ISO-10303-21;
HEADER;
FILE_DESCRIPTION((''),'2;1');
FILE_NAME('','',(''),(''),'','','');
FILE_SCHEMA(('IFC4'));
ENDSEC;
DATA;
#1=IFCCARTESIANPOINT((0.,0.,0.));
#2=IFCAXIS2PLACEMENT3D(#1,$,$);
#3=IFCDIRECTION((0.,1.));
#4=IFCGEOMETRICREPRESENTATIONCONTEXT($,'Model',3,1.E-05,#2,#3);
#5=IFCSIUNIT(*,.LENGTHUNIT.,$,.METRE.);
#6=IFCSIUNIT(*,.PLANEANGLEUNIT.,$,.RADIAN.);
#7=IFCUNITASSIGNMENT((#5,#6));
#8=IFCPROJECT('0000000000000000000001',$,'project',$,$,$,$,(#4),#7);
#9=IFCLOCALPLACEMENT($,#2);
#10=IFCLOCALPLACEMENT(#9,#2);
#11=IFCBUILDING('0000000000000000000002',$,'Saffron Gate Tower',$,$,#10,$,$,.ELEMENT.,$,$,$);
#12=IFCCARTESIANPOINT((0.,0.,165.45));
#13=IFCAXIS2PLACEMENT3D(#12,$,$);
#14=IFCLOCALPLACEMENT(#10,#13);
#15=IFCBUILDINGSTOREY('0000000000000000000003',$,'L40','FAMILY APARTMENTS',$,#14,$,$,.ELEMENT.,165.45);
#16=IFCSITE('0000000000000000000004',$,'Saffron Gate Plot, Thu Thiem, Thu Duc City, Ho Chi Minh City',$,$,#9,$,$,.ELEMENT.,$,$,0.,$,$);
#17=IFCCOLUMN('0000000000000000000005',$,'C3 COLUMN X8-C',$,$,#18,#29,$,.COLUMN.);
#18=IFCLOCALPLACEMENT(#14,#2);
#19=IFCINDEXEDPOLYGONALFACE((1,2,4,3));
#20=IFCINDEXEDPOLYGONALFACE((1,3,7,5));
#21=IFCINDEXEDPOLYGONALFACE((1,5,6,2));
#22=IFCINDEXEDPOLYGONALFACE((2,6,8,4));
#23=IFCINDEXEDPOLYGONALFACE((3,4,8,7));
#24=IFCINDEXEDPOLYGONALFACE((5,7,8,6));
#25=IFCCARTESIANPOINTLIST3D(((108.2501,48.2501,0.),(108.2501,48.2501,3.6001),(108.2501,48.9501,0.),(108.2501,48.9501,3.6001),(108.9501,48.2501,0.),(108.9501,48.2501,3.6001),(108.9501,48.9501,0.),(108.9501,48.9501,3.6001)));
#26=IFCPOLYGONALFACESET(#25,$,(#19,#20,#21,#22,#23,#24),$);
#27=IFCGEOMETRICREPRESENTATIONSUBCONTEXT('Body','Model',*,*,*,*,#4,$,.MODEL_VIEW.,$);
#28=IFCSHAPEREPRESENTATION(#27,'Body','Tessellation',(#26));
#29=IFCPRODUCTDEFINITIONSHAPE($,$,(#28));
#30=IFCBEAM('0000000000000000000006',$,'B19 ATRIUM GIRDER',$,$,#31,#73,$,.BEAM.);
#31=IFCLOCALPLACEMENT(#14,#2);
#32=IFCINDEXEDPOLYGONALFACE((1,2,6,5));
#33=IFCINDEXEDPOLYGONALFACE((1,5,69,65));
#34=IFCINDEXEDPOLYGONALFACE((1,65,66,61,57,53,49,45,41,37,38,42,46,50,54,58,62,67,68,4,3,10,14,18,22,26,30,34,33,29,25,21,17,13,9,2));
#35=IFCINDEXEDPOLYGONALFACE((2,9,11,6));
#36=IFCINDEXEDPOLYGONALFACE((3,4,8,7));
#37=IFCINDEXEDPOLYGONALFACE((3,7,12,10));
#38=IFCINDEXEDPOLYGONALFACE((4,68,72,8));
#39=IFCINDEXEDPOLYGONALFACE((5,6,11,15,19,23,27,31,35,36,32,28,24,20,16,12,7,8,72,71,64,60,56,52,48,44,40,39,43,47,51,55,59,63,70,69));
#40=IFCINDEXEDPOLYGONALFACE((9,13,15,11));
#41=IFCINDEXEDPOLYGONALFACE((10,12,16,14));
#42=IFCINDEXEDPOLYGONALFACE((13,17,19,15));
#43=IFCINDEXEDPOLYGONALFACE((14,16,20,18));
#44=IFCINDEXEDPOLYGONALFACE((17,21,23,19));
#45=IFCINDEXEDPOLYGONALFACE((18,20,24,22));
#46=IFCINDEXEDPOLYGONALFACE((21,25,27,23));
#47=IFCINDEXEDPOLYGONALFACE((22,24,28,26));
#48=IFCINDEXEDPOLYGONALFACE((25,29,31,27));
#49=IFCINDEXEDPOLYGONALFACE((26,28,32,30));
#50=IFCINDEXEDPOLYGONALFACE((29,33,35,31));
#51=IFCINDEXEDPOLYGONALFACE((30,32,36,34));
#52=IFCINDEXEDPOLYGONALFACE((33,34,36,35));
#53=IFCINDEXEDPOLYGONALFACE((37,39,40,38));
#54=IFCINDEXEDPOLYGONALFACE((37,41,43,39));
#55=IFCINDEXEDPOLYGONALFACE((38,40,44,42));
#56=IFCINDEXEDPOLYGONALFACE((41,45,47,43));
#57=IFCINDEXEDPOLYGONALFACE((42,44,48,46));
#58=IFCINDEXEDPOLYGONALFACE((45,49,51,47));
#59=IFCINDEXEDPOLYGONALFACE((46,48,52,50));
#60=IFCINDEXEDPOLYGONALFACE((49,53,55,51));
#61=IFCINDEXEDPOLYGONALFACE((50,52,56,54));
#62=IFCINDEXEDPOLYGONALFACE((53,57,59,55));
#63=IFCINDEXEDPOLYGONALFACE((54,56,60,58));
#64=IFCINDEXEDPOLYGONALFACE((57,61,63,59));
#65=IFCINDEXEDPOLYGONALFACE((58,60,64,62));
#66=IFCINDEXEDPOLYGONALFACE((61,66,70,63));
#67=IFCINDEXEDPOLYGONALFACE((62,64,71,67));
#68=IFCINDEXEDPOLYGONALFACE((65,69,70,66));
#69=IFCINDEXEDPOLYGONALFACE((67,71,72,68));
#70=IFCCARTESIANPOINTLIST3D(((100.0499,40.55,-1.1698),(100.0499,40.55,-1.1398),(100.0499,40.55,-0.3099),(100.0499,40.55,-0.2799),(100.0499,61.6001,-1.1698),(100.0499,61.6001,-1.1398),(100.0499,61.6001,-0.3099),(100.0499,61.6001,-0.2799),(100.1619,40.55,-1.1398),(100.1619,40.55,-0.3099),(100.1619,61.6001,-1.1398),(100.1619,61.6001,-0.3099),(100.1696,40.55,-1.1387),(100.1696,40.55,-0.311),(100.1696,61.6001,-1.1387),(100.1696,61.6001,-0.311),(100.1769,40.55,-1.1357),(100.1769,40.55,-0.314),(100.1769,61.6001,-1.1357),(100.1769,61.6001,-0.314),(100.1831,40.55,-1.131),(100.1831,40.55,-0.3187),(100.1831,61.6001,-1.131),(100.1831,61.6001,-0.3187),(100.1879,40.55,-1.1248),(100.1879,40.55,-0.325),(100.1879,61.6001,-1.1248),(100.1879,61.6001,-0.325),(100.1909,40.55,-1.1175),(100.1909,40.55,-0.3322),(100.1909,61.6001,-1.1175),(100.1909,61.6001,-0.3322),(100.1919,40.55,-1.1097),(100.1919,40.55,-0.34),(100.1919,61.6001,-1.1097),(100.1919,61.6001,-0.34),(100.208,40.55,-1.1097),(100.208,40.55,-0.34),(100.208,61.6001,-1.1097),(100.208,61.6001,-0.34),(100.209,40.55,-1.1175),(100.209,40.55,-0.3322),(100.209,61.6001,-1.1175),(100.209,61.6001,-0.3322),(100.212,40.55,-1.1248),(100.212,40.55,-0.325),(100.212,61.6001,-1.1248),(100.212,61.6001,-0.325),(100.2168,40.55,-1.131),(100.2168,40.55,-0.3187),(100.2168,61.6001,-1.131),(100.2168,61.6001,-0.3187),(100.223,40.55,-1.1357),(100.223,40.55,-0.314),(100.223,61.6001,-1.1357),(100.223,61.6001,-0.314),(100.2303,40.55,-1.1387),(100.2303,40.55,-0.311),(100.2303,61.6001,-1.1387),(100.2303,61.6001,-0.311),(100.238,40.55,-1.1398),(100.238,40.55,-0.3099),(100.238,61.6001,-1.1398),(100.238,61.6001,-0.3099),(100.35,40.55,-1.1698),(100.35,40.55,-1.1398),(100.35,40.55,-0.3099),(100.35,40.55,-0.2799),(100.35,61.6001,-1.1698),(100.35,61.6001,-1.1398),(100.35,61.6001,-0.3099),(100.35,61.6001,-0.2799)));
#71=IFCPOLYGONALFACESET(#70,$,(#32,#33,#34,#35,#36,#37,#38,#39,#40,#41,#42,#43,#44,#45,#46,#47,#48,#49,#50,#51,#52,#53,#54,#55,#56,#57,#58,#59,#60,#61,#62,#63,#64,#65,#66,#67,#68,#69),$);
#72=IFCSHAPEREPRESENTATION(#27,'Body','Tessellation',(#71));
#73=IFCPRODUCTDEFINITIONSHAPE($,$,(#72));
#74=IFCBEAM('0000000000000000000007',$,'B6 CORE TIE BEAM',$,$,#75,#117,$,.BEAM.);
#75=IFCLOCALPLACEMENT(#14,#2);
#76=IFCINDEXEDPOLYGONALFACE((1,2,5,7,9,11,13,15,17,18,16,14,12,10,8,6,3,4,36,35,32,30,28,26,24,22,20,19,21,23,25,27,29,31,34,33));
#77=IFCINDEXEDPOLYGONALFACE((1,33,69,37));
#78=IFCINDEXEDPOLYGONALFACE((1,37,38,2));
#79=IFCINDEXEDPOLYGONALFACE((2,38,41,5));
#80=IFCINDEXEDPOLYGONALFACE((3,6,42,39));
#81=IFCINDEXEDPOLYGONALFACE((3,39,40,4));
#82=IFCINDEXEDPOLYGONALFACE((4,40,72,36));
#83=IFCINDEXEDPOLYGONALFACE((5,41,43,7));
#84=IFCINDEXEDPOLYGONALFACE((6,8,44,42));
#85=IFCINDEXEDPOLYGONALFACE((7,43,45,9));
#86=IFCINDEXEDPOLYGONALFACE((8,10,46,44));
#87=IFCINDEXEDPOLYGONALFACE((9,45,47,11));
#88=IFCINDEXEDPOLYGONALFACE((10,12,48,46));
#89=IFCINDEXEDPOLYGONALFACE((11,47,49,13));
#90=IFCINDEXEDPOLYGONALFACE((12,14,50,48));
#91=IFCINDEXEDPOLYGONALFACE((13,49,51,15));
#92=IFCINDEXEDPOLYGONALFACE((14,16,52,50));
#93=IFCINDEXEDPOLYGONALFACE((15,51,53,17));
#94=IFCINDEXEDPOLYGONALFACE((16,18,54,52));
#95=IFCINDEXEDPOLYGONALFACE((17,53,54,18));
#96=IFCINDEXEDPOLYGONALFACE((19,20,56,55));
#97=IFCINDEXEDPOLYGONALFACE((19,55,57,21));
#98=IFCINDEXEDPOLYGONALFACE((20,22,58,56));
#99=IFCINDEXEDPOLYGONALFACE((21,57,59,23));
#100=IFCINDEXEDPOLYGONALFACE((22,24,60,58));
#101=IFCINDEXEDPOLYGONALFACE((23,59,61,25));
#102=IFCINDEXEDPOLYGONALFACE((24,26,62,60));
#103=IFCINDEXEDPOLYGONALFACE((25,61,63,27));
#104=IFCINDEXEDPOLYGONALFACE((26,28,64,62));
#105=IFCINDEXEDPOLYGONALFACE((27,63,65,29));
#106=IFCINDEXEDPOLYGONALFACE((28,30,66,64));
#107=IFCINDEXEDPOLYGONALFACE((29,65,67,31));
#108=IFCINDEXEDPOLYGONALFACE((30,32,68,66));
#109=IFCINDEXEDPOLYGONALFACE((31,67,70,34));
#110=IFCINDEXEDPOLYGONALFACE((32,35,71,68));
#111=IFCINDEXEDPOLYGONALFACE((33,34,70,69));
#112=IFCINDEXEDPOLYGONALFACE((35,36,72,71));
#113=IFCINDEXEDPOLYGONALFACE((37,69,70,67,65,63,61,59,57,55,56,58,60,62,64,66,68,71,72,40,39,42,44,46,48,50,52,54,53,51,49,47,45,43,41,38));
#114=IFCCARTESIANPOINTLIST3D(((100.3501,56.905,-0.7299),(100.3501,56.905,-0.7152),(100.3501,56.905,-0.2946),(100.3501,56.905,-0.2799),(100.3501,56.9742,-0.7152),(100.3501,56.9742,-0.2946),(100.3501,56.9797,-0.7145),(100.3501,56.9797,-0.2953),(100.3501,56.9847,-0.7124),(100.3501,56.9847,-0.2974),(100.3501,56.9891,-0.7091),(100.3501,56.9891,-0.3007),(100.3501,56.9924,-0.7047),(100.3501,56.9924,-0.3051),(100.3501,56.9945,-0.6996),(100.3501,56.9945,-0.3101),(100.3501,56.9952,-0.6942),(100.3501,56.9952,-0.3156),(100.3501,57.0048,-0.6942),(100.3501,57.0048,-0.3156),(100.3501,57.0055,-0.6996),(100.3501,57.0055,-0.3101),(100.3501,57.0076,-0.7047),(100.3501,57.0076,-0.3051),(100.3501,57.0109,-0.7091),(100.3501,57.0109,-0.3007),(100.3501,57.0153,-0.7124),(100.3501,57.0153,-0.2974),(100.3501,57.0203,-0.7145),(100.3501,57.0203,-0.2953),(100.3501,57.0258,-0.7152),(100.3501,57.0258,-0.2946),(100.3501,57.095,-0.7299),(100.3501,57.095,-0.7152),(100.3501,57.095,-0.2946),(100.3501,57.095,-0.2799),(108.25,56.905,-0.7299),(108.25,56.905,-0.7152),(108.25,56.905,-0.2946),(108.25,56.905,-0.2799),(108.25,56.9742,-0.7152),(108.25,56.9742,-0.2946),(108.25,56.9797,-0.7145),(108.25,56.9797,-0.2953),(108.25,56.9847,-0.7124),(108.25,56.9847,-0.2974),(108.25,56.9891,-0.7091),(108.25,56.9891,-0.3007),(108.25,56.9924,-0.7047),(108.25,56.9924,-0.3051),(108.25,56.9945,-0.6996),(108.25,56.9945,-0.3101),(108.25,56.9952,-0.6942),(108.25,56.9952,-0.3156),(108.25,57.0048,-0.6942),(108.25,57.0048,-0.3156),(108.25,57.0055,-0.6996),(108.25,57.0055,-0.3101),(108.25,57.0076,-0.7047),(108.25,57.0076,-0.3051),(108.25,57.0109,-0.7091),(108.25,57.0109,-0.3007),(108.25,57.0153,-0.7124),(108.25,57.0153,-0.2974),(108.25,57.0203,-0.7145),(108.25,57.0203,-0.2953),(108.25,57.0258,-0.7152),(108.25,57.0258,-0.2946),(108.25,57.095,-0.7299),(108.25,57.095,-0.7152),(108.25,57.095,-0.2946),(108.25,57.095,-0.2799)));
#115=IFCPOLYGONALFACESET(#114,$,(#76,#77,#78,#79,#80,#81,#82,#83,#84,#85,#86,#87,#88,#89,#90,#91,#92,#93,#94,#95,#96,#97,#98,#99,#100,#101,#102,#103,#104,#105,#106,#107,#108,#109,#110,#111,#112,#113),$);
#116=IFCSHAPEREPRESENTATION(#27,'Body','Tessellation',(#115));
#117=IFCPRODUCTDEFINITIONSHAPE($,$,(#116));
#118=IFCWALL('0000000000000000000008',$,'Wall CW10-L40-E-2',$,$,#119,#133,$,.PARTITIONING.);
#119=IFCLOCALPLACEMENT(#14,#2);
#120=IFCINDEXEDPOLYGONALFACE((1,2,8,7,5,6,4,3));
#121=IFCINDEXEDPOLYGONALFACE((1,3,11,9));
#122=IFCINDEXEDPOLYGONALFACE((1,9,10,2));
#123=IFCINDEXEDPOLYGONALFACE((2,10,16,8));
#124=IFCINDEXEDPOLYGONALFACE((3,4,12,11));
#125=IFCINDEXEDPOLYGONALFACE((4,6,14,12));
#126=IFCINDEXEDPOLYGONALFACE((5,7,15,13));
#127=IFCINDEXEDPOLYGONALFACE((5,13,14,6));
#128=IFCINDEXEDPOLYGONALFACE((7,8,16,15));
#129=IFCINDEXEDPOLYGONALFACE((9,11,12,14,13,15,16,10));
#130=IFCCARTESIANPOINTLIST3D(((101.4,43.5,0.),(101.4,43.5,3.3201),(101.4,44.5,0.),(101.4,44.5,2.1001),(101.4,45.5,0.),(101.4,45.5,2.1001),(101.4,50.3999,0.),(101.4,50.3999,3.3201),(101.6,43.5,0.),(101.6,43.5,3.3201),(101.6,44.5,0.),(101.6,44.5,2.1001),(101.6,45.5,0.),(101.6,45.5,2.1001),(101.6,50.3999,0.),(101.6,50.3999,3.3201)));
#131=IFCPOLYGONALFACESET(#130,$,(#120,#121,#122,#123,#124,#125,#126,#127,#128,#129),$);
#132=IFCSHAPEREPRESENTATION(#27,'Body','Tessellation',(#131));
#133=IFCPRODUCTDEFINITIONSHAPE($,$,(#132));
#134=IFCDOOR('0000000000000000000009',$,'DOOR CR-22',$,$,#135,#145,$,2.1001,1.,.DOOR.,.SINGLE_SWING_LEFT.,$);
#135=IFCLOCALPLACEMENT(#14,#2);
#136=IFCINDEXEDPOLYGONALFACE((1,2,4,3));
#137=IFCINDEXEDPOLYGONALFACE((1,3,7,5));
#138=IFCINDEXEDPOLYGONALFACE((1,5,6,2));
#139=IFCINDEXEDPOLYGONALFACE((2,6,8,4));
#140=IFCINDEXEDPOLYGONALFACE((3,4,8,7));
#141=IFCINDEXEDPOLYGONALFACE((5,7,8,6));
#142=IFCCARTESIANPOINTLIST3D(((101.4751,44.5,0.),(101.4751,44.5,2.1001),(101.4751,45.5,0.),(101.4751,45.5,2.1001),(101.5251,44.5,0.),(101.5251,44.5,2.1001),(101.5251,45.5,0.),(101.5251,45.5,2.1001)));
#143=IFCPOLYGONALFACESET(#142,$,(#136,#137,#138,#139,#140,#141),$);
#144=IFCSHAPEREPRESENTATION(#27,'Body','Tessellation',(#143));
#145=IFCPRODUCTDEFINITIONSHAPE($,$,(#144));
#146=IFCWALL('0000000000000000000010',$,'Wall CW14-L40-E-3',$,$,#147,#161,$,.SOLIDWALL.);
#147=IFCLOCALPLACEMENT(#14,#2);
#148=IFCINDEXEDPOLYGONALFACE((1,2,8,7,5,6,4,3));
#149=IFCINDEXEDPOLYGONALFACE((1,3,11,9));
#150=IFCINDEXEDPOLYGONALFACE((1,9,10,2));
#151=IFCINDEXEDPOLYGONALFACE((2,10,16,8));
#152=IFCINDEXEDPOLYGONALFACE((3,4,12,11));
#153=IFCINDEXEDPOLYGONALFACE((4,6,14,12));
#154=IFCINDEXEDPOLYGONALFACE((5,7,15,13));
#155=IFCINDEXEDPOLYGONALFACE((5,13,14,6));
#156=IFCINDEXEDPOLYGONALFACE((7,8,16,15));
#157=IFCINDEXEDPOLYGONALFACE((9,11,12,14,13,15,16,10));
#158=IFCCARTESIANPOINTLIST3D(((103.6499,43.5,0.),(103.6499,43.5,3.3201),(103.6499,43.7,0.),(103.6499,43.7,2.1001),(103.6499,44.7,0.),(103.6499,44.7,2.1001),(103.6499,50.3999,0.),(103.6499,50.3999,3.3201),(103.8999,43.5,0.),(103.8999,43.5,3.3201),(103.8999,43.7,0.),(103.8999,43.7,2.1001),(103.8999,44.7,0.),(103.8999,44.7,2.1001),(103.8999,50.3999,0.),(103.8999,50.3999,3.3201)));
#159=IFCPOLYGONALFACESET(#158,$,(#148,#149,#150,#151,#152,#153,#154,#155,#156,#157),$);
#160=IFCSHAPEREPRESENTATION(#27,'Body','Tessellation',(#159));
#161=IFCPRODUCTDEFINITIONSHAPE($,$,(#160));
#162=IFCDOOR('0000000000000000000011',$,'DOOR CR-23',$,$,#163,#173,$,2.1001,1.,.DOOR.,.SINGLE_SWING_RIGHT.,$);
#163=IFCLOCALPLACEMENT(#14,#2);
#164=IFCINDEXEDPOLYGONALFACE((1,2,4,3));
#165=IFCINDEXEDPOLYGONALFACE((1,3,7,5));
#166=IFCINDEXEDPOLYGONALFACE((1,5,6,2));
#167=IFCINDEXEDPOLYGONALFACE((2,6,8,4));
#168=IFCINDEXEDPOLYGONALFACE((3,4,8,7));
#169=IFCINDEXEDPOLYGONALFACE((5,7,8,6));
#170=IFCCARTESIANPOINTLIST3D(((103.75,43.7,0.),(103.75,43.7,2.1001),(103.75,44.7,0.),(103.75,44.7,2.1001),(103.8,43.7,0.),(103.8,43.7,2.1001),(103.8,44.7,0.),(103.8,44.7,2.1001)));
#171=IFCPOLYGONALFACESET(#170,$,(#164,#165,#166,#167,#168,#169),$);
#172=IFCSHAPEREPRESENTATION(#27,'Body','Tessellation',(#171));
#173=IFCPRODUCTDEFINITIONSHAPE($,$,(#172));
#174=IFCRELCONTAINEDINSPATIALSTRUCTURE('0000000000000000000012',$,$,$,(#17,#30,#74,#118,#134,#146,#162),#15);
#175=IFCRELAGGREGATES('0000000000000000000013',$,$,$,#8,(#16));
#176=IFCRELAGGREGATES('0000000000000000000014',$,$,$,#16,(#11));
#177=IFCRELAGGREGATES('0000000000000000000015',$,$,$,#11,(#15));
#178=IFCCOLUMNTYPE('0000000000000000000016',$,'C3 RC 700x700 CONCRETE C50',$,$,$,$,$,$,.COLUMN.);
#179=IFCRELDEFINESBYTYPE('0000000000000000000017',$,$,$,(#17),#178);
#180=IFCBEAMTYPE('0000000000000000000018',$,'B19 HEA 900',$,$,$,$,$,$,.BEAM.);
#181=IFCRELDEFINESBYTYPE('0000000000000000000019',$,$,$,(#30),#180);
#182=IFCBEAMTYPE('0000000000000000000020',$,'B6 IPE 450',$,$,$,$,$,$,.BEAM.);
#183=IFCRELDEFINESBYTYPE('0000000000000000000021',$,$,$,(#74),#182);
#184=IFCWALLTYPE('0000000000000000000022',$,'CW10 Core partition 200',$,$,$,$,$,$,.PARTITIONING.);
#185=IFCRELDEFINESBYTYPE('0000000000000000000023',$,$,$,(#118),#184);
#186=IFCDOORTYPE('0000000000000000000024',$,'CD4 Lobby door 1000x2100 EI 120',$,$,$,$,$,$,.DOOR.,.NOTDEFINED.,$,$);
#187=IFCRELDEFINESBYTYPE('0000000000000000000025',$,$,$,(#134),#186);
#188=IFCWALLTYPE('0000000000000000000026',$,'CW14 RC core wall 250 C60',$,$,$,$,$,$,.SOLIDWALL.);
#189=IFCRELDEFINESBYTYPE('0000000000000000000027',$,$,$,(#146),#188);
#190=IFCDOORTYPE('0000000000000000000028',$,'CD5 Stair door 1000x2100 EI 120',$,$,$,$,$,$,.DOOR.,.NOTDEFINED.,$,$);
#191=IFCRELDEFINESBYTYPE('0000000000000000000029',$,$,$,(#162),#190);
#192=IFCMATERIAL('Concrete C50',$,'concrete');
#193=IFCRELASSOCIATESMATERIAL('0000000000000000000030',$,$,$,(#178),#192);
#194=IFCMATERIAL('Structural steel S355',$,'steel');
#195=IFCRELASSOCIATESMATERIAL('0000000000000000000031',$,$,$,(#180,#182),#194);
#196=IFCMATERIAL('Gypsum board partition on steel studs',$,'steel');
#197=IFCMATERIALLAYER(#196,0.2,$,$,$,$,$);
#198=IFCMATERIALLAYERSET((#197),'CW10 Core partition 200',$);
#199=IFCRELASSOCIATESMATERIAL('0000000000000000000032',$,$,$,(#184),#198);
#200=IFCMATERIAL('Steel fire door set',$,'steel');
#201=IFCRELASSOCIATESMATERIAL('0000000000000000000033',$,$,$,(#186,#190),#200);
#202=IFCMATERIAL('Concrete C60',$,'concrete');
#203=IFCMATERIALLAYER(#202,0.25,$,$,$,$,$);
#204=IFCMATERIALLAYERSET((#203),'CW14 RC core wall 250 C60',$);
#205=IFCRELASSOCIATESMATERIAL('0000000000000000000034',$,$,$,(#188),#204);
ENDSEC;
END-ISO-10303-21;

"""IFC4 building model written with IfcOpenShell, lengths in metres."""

from ifc_helpers import new_model, si_unit, direction, frame, frame_2d, origin, origin_2d, place, context, subcontext, project, spatial, rectangle, i_section, extrude, material, layer, layer_set, material_profile, profile_set, type_object, element, fill, save


model = new_model("IFC4")

# Units and contexts
model_context = context("Model", 3, precision=1e-05, world=origin(), true_north=direction((0.0, 1.0)))
body_context = subcontext(model_context, "Body", "Model", "MODEL_VIEW")
ifc_project = project(units=[si_unit("LENGTHUNIT", "METRE"), si_unit("PLANEANGLEUNIT", "RADIAN")], contexts=[model_context])

# Site, building, storey
site_placement = place(None, origin())
site = spatial("IfcSite", under=ifc_project, at=site_placement, Name="Saffron Gate Plot, Thu Thiem, Thu Duc City, Ho Chi Minh City", CompositionType="ELEMENT", RefElevation=0.0)
building_placement = place(site_placement, origin())
building = spatial("IfcBuilding", under=site, at=building_placement, Name="Saffron Gate Tower", CompositionType="ELEMENT")
storey_placement = place(building_placement, frame((0.0, 0.0, 165.45)))
storey = spatial("IfcBuildingStorey", under=building, at=storey_placement, Name="L40", Description="FAMILY APARTMENTS", CompositionType="ELEMENT", Elevation=165.45)

# Column
ifc_material_1 = material(Name="Concrete C50", Category="concrete")
ifc_material_profile_1 = material_profile(ifc_material_1, rectangle(XDim=0.7, YDim=0.7, at=origin_2d()))
ifc_profile_set_1 = profile_set([ifc_material_profile_1], Name="Concrete C50")
column_type = type_object("IfcColumnType", Name="C3 RC 700x700 CONCRETE C50", PredefinedType="COLUMN", material=ifc_profile_set_1)
column_placement = place(storey_placement, frame((108.6001, 48.6001, 0.0), z_axis=(0.0, 0.0, 1.0), x_axis=(1.0, 0.0, 0.0)))
element("IfcColumn", 1, at=column_placement, inside=storey, type_object=column_type, Name="C3 COLUMN X8-C", PredefinedType="COLUMN", context=body_context, shape_type="SweptSolid", body=[
    extrude(rectangle(XDim=0.7, YDim=0.7, at=origin_2d()), origin(), (0.0, 0.0, 1.0), 3.6001),
])

# Beams
ifc_material_2 = material(Name="Structural steel S355", Category="steel")
ifc_material_profile_2 = material_profile(ifc_material_2, i_section(OverallWidth=0.3, OverallDepth=0.8899, WebThickness=0.0161, FlangeThickness=0.03, FilletRadius=0.03, at=origin_2d()))
ifc_profile_set_2 = profile_set([ifc_material_profile_2], Name="Structural steel S355")
beam_type_1 = type_object("IfcBeamType", Name="B19 HEA 900", PredefinedType="BEAM", material=ifc_profile_set_2)
beam_1_placement = place(storey_placement, frame((100.2, 40.55, -0.7249), z_axis=(0.0, 1.0, 0.0), x_axis=(-1.0, 0.0, 0.0)))
element("IfcBeam", 2, at=beam_1_placement, inside=storey, type_object=beam_type_1, Name="B19 ATRIUM GIRDER", PredefinedType="BEAM", context=body_context, shape_type="SweptSolid", body=[
    extrude(i_section(OverallWidth=0.3, OverallDepth=0.8899, WebThickness=0.0161, FlangeThickness=0.03, FilletRadius=0.03, at=origin_2d()), origin(), (0.0, 0.0, 1.0), 21.05),
])
ifc_material_profile_3 = material_profile(ifc_material_2, i_section(OverallWidth=0.1899, OverallDepth=0.45, WebThickness=0.0095, FlangeThickness=0.0146, FilletRadius=0.021, at=origin_2d()))
ifc_profile_set_3 = profile_set([ifc_material_profile_3], Name="Structural steel S355")
beam_type_2 = type_object("IfcBeamType", Name="B6 IPE 450", PredefinedType="BEAM", material=ifc_profile_set_3)
beam_2_placement = place(storey_placement, frame((108.25, 57.0, -0.5049), z_axis=(-1.0, 0.0, 0.0), x_axis=(0.0, -1.0, 0.0)))
element("IfcBeam", 3, at=beam_2_placement, inside=storey, type_object=beam_type_2, Name="B6 CORE TIE BEAM", PredefinedType="BEAM", context=body_context, shape_type="SweptSolid", body=[
    extrude(i_section(OverallWidth=0.1899, OverallDepth=0.45, WebThickness=0.0095, FlangeThickness=0.0146, FilletRadius=0.021, at=origin_2d()), origin(), (0.0, 0.0, 1.0), 7.8999),
])

# Walls, openings, doors
ifc_material_3 = material(Name="Gypsum board partition on steel studs", Category="steel")
ifc_layer_1 = layer(ifc_material_3, 0.2)
ifc_layer_set_1 = layer_set([ifc_layer_1], Name="CW10 Core partition 200")
wall_type_1 = type_object("IfcWallType", Name="CW10 Core partition 200", PredefinedType="PARTITIONING", material=ifc_layer_set_1)
wall_1_placement = place(storey_placement, frame((101.5, 43.5, 0.0), z_axis=(0.0, 0.0, 1.0), x_axis=(0.0, 1.0, 0.0)))
wall_1 = element("IfcWall", 4, at=wall_1_placement, inside=storey, type_object=wall_type_1, Name="Wall CW10-L40-E-2", PredefinedType="PARTITIONING", context=body_context, shape_type="SweptSolid", body=[
    extrude(rectangle(XDim=6.8999, YDim=0.2, at=frame_2d((3.45, 0.0))), origin(), (0.0, 0.0, 1.0), 3.3201),
])
opening_1_placement = place(wall_1_placement, frame((1.0, 0.0, 0.0)))
opening_1 = element("IfcOpeningElement", 5, at=opening_1_placement, cuts=wall_1, PredefinedType="OPENING", context=body_context, shape_type="SweptSolid", body=[
    extrude(rectangle(XDim=1.0, YDim=2.1001, at=frame_2d((0.5, 1.05))), frame((0.0, 0.1099, 0.0), z_axis=(0.0, -1.0, 0.0), x_axis=(1.0, 0.0, 0.0)), (0.0, 0.0, 1.0), 0.22),
])
ifc_material_4 = material(Name="Steel fire door set", Category="steel")
door_type_1 = type_object("IfcDoorType", Name="CD4 Lobby door 1000x2100 EI 120", OperationType="NOTDEFINED", PredefinedType="DOOR", material=ifc_material_4)
door_1_placement = place(opening_1_placement, origin())
door_1 = element("IfcDoor", 6, at=door_1_placement, inside=storey, type_object=door_type_1, Name="DOOR CR-22", OperationType="SINGLE_SWING_LEFT", OverallHeight=2.1001, OverallWidth=1.0, PredefinedType="DOOR", context=body_context, shape_type="SweptSolid", body=[
    extrude(rectangle(XDim=1.0, YDim=2.1001, at=frame_2d((0.5, 1.05))), frame((0.0, 0.0249, 0.0), z_axis=(0.0, -1.0, 0.0), x_axis=(1.0, 0.0, 0.0)), (0.0, 0.0, 1.0), 0.05),
])
fill(opening_1, door_1)
ifc_material_5 = material(Name="Concrete C60", Category="concrete")
ifc_layer_2 = layer(ifc_material_5, 0.25)
ifc_layer_set_2 = layer_set([ifc_layer_2], Name="CW14 RC core wall 250 C60")
wall_type_2 = type_object("IfcWallType", Name="CW14 RC core wall 250 C60", PredefinedType="SOLIDWALL", material=ifc_layer_set_2)
wall_2_placement = place(storey_placement, frame((103.7749, 43.5, 0.0), z_axis=(0.0, 0.0, 1.0), x_axis=(0.0, 1.0, 0.0)))
wall_2 = element("IfcWall", 7, at=wall_2_placement, inside=storey, type_object=wall_type_2, Name="Wall CW14-L40-E-3", PredefinedType="SOLIDWALL", context=body_context, shape_type="SweptSolid", body=[
    extrude(rectangle(XDim=6.8999, YDim=0.25, at=frame_2d((3.45, 0.0))), origin(), (0.0, 0.0, 1.0), 3.3201),
])
opening_2_placement = place(wall_2_placement, frame((0.2, 0.0, 0.0)))
opening_2 = element("IfcOpeningElement", 8, at=opening_2_placement, cuts=wall_2, PredefinedType="OPENING", context=body_context, shape_type="SweptSolid", body=[
    extrude(rectangle(XDim=1.0, YDim=2.1001, at=frame_2d((0.5, 1.05))), frame((0.0, 0.135, 0.0), z_axis=(0.0, -1.0, 0.0), x_axis=(1.0, 0.0, 0.0)), (0.0, 0.0, 1.0), 0.27),
])
door_type_2 = type_object("IfcDoorType", Name="CD5 Stair door 1000x2100 EI 120", OperationType="NOTDEFINED", PredefinedType="DOOR", material=ifc_material_4)
door_2_placement = place(opening_2_placement, origin())
door_2 = element("IfcDoor", 9, at=door_2_placement, inside=storey, type_object=door_type_2, Name="DOOR CR-23", OperationType="SINGLE_SWING_RIGHT", OverallHeight=2.1001, OverallWidth=1.0, PredefinedType="DOOR", context=body_context, shape_type="SweptSolid", body=[
    extrude(rectangle(XDim=1.0, YDim=2.1001, at=frame_2d((0.5, 1.05))), frame((0.0, 0.0249, 0.0), z_axis=(0.0, -1.0, 0.0), x_axis=(1.0, 0.0, 0.0)), (0.0, 0.0, 1.0), 0.05),
])
fill(opening_2, door_2)

save(model, "model.ifc")
